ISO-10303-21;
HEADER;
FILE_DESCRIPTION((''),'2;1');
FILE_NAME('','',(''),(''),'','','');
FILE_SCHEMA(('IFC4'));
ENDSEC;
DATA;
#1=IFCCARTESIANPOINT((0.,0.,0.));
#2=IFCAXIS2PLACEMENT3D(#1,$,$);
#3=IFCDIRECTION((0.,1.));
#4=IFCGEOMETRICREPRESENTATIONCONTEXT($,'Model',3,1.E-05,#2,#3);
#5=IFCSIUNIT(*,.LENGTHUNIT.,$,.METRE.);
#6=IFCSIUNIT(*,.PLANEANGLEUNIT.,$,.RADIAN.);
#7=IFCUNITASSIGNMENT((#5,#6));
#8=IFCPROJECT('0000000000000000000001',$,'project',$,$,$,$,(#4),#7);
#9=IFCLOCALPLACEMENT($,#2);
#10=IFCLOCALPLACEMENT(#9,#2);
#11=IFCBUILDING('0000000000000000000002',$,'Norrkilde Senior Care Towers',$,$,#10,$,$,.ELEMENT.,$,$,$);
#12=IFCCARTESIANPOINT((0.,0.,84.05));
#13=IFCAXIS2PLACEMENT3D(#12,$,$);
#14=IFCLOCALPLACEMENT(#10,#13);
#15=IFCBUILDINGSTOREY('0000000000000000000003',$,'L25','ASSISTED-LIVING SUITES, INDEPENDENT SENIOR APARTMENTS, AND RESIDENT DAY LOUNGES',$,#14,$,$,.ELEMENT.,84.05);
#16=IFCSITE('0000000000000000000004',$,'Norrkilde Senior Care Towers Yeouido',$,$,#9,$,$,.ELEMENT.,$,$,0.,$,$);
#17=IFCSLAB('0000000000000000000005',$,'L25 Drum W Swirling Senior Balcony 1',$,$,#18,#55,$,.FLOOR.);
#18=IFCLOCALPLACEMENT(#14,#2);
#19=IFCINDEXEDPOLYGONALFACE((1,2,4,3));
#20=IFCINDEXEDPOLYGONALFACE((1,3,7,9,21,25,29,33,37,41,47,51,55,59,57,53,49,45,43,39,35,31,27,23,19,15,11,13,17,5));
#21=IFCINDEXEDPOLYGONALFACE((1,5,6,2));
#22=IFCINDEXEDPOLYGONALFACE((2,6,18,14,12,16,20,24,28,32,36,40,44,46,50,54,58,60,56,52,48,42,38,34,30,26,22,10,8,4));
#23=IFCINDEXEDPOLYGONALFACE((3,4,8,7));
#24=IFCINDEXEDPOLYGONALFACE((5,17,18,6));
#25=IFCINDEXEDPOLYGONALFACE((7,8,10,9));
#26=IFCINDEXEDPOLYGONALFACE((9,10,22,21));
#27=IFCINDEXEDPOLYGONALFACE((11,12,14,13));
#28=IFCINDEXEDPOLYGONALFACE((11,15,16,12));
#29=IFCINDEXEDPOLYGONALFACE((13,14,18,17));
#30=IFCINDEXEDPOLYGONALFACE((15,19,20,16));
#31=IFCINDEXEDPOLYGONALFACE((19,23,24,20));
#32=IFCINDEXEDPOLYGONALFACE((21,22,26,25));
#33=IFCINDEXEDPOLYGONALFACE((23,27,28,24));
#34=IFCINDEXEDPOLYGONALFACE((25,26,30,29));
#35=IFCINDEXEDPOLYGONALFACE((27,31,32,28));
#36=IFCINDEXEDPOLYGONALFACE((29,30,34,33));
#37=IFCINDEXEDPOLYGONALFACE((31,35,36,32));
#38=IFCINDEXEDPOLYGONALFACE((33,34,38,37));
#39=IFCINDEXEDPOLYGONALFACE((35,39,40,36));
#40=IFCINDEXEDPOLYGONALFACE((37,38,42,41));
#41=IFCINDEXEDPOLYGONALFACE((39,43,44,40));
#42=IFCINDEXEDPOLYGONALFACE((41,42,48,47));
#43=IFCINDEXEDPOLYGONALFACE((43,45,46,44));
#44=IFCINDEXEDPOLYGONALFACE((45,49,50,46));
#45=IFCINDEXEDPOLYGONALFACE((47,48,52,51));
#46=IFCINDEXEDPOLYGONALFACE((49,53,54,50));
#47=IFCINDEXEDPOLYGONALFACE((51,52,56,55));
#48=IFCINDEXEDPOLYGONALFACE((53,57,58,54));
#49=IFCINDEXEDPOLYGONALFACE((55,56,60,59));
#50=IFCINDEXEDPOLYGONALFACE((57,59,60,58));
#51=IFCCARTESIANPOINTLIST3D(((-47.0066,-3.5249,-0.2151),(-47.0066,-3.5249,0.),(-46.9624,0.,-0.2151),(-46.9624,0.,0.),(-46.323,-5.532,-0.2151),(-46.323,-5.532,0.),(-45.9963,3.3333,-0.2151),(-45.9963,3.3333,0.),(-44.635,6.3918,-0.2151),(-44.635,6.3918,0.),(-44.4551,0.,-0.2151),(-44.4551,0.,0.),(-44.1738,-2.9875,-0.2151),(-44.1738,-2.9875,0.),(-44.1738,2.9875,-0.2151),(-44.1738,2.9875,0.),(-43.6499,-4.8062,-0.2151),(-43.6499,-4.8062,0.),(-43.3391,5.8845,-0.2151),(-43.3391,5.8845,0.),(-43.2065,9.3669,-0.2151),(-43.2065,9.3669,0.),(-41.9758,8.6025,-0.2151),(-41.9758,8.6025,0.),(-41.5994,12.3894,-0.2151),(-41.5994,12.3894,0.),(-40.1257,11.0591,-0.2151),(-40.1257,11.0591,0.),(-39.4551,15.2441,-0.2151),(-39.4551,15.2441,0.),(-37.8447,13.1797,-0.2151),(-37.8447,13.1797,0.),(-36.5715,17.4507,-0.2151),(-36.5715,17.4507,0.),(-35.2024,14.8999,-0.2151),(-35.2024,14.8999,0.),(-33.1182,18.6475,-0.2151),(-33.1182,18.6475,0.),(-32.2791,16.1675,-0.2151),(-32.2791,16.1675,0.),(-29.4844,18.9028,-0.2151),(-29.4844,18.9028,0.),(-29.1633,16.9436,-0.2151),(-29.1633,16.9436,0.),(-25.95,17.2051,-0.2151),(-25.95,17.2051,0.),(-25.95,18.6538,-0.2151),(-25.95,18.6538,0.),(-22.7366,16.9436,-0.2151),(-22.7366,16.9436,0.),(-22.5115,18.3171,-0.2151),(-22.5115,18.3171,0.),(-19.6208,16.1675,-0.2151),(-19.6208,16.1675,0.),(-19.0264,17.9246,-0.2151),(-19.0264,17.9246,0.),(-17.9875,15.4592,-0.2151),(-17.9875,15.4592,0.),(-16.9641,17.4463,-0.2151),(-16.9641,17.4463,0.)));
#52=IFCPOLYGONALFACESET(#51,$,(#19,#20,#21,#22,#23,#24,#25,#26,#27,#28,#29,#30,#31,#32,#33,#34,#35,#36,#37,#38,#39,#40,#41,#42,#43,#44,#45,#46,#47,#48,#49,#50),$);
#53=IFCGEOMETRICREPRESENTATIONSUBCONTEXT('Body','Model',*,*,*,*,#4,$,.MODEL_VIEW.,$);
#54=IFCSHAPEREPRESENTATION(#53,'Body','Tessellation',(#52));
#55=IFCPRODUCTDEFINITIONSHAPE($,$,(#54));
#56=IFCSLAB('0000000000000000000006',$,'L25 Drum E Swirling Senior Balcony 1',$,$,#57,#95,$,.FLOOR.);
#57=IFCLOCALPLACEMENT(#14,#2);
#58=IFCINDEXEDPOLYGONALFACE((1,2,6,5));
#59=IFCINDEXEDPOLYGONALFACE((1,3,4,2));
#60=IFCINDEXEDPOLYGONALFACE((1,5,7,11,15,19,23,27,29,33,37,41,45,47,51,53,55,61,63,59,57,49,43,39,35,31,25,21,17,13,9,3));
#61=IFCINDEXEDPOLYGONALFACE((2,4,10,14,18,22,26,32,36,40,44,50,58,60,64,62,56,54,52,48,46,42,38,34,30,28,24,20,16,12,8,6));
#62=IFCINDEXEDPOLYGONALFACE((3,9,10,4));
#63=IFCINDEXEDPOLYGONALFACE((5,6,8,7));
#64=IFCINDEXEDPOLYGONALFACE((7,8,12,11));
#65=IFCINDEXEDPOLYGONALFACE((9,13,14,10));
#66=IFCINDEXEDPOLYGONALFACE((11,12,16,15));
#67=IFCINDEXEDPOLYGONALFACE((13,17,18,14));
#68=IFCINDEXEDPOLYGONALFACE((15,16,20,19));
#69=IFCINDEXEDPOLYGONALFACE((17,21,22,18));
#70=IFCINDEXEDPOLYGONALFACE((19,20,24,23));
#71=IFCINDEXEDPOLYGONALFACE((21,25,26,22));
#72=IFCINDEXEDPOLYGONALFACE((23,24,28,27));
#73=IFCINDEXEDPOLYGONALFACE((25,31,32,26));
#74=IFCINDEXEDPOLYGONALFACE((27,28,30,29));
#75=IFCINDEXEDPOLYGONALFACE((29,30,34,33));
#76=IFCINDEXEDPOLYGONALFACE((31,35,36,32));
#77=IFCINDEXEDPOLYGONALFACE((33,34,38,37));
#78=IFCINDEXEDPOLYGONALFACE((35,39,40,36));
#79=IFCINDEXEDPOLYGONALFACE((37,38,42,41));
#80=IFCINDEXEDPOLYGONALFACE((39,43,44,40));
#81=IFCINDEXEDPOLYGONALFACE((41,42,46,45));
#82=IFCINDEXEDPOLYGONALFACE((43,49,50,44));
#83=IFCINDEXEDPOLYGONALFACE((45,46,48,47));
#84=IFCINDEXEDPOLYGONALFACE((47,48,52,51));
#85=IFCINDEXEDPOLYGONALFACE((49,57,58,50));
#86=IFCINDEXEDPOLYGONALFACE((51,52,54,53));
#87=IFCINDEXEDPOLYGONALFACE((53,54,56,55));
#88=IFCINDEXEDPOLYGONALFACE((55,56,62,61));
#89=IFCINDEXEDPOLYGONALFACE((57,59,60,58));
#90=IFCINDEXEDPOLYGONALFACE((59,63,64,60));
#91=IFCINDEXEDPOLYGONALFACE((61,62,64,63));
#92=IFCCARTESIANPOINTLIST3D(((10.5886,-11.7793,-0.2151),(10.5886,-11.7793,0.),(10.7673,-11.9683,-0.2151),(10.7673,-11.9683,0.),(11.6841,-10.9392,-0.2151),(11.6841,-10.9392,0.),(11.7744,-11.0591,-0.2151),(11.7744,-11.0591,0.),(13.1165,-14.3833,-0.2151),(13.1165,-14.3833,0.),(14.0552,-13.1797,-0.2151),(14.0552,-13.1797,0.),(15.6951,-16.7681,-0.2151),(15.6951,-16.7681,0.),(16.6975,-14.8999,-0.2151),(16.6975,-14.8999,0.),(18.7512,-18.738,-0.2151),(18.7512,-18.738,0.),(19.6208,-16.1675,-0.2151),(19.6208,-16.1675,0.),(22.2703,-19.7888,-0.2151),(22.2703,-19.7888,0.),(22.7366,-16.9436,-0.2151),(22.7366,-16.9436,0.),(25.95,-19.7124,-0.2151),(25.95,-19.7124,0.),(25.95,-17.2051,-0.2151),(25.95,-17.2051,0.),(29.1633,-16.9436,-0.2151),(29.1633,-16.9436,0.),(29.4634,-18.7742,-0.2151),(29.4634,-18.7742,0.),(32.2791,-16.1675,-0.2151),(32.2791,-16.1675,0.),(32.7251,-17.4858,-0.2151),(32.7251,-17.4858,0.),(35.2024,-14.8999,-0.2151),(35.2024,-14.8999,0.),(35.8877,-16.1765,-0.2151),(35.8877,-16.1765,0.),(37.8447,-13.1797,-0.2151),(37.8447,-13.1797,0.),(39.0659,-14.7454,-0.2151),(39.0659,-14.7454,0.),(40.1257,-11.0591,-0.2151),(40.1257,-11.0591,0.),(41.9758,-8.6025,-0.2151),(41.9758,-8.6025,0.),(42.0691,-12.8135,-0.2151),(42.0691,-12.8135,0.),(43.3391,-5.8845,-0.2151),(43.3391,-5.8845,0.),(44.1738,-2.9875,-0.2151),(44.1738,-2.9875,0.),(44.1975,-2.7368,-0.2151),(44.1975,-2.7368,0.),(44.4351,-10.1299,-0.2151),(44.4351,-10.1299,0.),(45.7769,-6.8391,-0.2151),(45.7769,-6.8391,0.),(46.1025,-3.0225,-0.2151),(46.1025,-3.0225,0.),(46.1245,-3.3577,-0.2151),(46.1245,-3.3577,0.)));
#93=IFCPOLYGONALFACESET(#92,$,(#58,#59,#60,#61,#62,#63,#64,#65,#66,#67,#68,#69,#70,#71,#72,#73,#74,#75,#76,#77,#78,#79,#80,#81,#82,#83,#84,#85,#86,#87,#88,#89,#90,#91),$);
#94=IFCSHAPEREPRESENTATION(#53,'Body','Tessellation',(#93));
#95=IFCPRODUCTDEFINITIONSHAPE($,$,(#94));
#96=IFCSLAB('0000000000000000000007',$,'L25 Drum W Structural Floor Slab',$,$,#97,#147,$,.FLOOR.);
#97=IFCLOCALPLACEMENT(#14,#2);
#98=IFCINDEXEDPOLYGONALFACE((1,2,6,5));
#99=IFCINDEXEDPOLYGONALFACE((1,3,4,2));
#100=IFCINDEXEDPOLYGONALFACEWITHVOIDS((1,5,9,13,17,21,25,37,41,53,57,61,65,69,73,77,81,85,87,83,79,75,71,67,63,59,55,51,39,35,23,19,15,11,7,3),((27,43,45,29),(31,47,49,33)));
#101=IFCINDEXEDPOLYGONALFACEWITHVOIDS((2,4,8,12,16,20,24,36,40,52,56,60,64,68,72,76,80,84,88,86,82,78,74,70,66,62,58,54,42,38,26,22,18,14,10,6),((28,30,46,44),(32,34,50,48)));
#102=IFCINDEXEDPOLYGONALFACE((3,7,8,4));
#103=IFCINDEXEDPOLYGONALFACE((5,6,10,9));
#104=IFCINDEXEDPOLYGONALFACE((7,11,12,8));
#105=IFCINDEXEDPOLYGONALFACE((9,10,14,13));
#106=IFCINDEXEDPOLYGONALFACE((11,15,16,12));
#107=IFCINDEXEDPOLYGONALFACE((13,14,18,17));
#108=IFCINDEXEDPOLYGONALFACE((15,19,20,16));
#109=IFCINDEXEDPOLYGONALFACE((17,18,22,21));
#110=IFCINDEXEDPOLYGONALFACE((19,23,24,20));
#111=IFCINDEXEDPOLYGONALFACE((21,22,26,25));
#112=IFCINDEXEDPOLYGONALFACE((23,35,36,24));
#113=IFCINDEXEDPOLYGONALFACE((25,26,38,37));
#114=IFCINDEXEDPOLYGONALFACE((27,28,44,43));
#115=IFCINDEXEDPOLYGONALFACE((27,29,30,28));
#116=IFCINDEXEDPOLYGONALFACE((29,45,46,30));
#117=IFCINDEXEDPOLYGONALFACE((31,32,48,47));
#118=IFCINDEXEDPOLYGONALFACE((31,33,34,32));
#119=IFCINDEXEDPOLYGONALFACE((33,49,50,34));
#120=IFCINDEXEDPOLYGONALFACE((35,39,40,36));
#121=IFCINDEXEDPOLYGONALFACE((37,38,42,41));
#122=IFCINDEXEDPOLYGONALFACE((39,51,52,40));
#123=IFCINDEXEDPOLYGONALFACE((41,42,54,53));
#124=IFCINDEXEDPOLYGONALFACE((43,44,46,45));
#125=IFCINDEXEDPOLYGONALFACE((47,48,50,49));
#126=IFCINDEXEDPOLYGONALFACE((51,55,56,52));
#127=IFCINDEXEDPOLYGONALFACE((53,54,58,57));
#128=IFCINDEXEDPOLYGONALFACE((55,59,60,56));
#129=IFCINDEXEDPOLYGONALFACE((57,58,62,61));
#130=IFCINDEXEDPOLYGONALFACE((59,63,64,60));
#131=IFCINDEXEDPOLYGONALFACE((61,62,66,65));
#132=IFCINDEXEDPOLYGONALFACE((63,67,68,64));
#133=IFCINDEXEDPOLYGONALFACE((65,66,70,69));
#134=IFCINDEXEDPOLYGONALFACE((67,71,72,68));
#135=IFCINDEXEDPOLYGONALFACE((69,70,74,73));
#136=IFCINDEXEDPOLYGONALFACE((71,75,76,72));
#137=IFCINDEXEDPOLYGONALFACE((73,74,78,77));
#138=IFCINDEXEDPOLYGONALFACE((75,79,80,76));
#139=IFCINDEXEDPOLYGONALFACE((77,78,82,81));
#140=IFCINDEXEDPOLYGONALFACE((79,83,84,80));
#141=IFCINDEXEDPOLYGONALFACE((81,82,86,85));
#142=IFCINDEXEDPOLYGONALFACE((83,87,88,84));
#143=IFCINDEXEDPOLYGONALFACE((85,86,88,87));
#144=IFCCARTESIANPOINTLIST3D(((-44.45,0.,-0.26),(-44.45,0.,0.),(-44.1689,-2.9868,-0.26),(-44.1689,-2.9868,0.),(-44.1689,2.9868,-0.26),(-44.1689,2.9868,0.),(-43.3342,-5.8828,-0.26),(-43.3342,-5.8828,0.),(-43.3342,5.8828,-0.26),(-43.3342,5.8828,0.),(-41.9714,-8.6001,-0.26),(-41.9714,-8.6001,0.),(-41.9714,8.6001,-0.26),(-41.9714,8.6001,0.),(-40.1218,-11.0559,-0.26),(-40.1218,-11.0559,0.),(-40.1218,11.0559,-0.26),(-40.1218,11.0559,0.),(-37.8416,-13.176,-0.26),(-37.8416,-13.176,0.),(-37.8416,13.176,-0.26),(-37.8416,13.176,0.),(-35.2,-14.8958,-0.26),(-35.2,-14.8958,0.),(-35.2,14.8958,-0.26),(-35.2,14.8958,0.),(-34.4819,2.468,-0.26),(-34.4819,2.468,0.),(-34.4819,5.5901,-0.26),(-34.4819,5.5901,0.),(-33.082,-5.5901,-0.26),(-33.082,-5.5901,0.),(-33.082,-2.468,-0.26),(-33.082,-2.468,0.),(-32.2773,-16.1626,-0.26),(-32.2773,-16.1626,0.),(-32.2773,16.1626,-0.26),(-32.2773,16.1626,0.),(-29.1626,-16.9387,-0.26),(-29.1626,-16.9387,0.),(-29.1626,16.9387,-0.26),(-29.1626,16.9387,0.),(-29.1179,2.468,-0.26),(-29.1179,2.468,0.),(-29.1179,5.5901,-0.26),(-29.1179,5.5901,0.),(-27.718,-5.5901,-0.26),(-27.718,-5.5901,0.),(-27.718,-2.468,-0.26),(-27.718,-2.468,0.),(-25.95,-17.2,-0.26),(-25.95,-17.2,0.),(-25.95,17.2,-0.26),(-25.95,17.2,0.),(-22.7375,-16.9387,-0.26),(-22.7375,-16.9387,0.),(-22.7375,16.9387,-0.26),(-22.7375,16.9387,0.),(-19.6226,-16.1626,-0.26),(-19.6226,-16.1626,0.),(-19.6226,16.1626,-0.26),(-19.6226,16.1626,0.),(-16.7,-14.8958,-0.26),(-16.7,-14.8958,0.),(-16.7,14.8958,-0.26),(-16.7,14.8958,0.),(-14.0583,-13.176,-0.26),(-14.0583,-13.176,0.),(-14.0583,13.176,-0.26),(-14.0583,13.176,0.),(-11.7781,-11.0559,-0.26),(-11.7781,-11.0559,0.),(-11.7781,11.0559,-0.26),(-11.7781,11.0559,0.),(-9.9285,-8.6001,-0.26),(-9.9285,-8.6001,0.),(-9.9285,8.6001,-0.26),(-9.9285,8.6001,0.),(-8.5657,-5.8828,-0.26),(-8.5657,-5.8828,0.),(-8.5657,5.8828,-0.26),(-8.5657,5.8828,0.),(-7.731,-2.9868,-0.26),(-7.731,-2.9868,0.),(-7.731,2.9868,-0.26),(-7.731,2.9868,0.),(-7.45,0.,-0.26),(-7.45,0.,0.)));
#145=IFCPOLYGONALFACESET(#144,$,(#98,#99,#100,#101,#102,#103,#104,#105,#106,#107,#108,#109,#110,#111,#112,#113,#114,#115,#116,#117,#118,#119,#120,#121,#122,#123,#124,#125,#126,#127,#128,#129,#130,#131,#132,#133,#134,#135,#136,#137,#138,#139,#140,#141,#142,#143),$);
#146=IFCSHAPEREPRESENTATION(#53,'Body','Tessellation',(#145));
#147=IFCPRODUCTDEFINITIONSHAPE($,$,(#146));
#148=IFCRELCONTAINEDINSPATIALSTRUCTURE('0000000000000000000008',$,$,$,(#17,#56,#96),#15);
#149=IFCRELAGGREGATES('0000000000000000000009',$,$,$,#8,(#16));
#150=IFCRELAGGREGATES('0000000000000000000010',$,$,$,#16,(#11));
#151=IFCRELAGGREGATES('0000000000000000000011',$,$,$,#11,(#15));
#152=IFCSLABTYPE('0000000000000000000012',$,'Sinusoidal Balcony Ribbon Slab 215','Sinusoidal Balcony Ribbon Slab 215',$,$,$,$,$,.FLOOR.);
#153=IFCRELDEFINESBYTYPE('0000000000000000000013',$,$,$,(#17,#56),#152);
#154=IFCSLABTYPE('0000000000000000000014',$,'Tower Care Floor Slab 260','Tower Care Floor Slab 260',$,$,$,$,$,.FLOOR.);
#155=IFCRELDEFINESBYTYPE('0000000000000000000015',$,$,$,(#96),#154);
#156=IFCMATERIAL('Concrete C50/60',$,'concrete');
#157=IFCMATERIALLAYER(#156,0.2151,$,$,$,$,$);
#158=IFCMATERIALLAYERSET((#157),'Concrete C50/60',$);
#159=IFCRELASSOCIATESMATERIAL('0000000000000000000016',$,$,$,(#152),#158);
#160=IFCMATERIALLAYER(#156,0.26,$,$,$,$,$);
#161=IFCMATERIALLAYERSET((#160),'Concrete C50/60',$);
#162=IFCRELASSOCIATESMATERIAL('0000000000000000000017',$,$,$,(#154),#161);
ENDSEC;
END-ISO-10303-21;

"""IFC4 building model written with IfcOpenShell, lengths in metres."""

from ifc_helpers import new_model, si_unit, direction, frame, origin, place, context, subcontext, project, spatial, polyline, outline, extrude, material, layer, layer_set, type_object, element, save


model = new_model("IFC4")

# Units and contexts
model_context = context("Model", 3, precision=1e-05, world=origin(), true_north=direction((0.0, 1.0)))
body_context = subcontext(model_context, "Body", "Model", "MODEL_VIEW")
ifc_project = project(units=[si_unit("LENGTHUNIT", "METRE"), si_unit("PLANEANGLEUNIT", "RADIAN")], contexts=[model_context])

# Site, building, storey
site_placement = place(None, origin())
site = spatial("IfcSite", under=ifc_project, at=site_placement, Name="Norrkilde Senior Care Towers Yeouido", CompositionType="ELEMENT", RefElevation=0.0)
building_placement = place(site_placement, origin())
building = spatial("IfcBuilding", under=site, at=building_placement, Name="Norrkilde Senior Care Towers", CompositionType="ELEMENT")
storey_placement = place(building_placement, frame((0.0, 0.0, 84.05)))
storey = spatial("IfcBuildingStorey", under=building, at=storey_placement, Name="L25", Description="ASSISTED-LIVING SUITES, INDEPENDENT SENIOR APARTMENTS, AND RESIDENT DAY LOUNGES", CompositionType="ELEMENT", Elevation=84.05)

# Slabs
ifc_material_1 = material(Name="Concrete C50/60", Category="concrete")
ifc_layer_1 = layer(ifc_material_1, 0.2151)
ifc_layer_set_1 = layer_set([ifc_layer_1], Name="Concrete C50/60")
slab_type_1 = type_object("IfcSlabType", Name="Sinusoidal Balcony Ribbon Slab 215", Description="Sinusoidal Balcony Ribbon Slab 215", PredefinedType="FLOOR", material=ifc_layer_set_1)
slab_1_placement = place(storey_placement, frame((0.0, 0.0, -0.2151)))
element("IfcSlab", 1, at=slab_1_placement, inside=storey, type_object=slab_type_1, Name="L25 Drum W Swirling Senior Balcony 1", PredefinedType="FLOOR", context=body_context, shape_type="SweptSolid", body=[
    extrude(outline(polyline([(-46.9624, 0.0), (-45.9963, 3.3333), (-44.635, 6.3918), (-43.2065, 9.3669), (-41.5994, 12.3894), (-39.4551, 15.2441), (-36.5715, 17.4507), (-33.1182, 18.6475), (-29.4844, 18.9028), (-25.95, 18.6538), (-22.5115, 18.3171), (-19.0264, 17.9246), (-16.9641, 17.4463), (-17.9875, 15.4592), (-19.6208, 16.1675), (-22.7366, 16.9436), (-25.95, 17.2051), (-29.1633, 16.9436), (-32.2791, 16.1675), (-35.2024, 14.8999), (-37.8447, 13.1797), (-40.1257, 11.0591), (-41.9758, 8.6025), (-43.3391, 5.8845), (-44.1738, 2.9875), (-44.4551, 0.0), (-44.1738, -2.9875), (-43.6499, -4.8062), (-46.323, -5.532), (-47.0066, -3.5249), (-46.9624, 0.0)])), origin(), (0.0, 0.0, 1.0), 0.2151),
])
slab_2_placement = place(storey_placement, frame((0.0, 0.0, -0.2151)))
element("IfcSlab", 2, at=slab_2_placement, inside=storey, type_object=slab_type_1, Name="L25 Drum E Swirling Senior Balcony 1", PredefinedType="FLOOR", context=body_context, shape_type="SweptSolid", body=[
    extrude(outline(polyline([(44.4351, -10.1299), (42.0691, -12.8135), (39.0659, -14.7454), (35.8877, -16.1765), (32.7251, -17.4858), (29.4634, -18.7742), (25.95, -19.7124), (22.2703, -19.7888), (18.7512, -18.738), (15.6951, -16.7681), (13.1165, -14.3833), (10.7673, -11.9683), (10.5886, -11.7793), (11.6841, -10.9392), (11.7744, -11.0591), (14.0552, -13.1797), (16.6975, -14.8999), (19.6208, -16.1675), (22.7366, -16.9436), (25.95, -17.2051), (29.1633, -16.9436), (32.2791, -16.1675), (35.2024, -14.8999), (37.8447, -13.1797), (40.1257, -11.0591), (41.9758, -8.6025), (43.3391, -5.8845), (44.1738, -2.9875), (44.1975, -2.7368), (46.1025, -3.0225), (46.1245, -3.3577), (45.7769, -6.8391), (44.4351, -10.1299)])), origin(), (0.0, 0.0, 1.0), 0.2151),
])
ifc_layer_2 = layer(ifc_material_1, 0.26)
ifc_layer_set_2 = layer_set([ifc_layer_2], Name="Concrete C50/60")
slab_type_2 = type_object("IfcSlabType", Name="Tower Care Floor Slab 260", Description="Tower Care Floor Slab 260", PredefinedType="FLOOR", material=ifc_layer_set_2)
slab_3_placement = place(storey_placement, frame((0.0, 0.0, -0.26)))
element("IfcSlab", 3, at=slab_3_placement, inside=storey, type_object=slab_type_2, Name="L25 Drum W Structural Floor Slab", PredefinedType="FLOOR", context=body_context, shape_type="SweptSolid", body=[
    extrude(outline(polyline([(-8.5657, -5.8828), (-9.9285, -8.6001), (-11.7781, -11.0559), (-14.0583, -13.176), (-16.7, -14.8958), (-19.6226, -16.1626), (-22.7375, -16.9387), (-25.95, -17.2), (-29.1626, -16.9387), (-32.2773, -16.1626), (-35.2, -14.8958), (-37.8416, -13.176), (-40.1218, -11.0559), (-41.9714, -8.6001), (-43.3342, -5.8828), (-44.1689, -2.9868), (-44.45, 0.0), (-44.1689, 2.9868), (-43.3342, 5.8828), (-41.9714, 8.6001), (-40.1218, 11.0559), (-37.8416, 13.176), (-35.2, 14.8958), (-32.2773, 16.1626), (-29.1626, 16.9387), (-25.95, 17.2), (-22.7375, 16.9387), (-19.6226, 16.1626), (-16.7, 14.8958), (-14.0583, 13.176), (-11.7781, 11.0559), (-9.9285, 8.6001), (-8.5657, 5.8828), (-7.731, 2.9868), (-7.45, 0.0), (-7.731, -2.9868), (-8.5657, -5.8828)]), holes=[polyline([(-34.4819, 2.468), (-29.1179, 2.468), (-29.1179, 5.5901), (-34.4819, 5.5901), (-34.4819, 2.468)]), polyline([(-27.718, -5.5901), (-27.718, -2.468), (-33.082, -2.468), (-33.082, -5.5901), (-27.718, -5.5901)])]), origin(), (0.0, 0.0, 1.0), 0.26),
])

save(model, "model.ifc")
